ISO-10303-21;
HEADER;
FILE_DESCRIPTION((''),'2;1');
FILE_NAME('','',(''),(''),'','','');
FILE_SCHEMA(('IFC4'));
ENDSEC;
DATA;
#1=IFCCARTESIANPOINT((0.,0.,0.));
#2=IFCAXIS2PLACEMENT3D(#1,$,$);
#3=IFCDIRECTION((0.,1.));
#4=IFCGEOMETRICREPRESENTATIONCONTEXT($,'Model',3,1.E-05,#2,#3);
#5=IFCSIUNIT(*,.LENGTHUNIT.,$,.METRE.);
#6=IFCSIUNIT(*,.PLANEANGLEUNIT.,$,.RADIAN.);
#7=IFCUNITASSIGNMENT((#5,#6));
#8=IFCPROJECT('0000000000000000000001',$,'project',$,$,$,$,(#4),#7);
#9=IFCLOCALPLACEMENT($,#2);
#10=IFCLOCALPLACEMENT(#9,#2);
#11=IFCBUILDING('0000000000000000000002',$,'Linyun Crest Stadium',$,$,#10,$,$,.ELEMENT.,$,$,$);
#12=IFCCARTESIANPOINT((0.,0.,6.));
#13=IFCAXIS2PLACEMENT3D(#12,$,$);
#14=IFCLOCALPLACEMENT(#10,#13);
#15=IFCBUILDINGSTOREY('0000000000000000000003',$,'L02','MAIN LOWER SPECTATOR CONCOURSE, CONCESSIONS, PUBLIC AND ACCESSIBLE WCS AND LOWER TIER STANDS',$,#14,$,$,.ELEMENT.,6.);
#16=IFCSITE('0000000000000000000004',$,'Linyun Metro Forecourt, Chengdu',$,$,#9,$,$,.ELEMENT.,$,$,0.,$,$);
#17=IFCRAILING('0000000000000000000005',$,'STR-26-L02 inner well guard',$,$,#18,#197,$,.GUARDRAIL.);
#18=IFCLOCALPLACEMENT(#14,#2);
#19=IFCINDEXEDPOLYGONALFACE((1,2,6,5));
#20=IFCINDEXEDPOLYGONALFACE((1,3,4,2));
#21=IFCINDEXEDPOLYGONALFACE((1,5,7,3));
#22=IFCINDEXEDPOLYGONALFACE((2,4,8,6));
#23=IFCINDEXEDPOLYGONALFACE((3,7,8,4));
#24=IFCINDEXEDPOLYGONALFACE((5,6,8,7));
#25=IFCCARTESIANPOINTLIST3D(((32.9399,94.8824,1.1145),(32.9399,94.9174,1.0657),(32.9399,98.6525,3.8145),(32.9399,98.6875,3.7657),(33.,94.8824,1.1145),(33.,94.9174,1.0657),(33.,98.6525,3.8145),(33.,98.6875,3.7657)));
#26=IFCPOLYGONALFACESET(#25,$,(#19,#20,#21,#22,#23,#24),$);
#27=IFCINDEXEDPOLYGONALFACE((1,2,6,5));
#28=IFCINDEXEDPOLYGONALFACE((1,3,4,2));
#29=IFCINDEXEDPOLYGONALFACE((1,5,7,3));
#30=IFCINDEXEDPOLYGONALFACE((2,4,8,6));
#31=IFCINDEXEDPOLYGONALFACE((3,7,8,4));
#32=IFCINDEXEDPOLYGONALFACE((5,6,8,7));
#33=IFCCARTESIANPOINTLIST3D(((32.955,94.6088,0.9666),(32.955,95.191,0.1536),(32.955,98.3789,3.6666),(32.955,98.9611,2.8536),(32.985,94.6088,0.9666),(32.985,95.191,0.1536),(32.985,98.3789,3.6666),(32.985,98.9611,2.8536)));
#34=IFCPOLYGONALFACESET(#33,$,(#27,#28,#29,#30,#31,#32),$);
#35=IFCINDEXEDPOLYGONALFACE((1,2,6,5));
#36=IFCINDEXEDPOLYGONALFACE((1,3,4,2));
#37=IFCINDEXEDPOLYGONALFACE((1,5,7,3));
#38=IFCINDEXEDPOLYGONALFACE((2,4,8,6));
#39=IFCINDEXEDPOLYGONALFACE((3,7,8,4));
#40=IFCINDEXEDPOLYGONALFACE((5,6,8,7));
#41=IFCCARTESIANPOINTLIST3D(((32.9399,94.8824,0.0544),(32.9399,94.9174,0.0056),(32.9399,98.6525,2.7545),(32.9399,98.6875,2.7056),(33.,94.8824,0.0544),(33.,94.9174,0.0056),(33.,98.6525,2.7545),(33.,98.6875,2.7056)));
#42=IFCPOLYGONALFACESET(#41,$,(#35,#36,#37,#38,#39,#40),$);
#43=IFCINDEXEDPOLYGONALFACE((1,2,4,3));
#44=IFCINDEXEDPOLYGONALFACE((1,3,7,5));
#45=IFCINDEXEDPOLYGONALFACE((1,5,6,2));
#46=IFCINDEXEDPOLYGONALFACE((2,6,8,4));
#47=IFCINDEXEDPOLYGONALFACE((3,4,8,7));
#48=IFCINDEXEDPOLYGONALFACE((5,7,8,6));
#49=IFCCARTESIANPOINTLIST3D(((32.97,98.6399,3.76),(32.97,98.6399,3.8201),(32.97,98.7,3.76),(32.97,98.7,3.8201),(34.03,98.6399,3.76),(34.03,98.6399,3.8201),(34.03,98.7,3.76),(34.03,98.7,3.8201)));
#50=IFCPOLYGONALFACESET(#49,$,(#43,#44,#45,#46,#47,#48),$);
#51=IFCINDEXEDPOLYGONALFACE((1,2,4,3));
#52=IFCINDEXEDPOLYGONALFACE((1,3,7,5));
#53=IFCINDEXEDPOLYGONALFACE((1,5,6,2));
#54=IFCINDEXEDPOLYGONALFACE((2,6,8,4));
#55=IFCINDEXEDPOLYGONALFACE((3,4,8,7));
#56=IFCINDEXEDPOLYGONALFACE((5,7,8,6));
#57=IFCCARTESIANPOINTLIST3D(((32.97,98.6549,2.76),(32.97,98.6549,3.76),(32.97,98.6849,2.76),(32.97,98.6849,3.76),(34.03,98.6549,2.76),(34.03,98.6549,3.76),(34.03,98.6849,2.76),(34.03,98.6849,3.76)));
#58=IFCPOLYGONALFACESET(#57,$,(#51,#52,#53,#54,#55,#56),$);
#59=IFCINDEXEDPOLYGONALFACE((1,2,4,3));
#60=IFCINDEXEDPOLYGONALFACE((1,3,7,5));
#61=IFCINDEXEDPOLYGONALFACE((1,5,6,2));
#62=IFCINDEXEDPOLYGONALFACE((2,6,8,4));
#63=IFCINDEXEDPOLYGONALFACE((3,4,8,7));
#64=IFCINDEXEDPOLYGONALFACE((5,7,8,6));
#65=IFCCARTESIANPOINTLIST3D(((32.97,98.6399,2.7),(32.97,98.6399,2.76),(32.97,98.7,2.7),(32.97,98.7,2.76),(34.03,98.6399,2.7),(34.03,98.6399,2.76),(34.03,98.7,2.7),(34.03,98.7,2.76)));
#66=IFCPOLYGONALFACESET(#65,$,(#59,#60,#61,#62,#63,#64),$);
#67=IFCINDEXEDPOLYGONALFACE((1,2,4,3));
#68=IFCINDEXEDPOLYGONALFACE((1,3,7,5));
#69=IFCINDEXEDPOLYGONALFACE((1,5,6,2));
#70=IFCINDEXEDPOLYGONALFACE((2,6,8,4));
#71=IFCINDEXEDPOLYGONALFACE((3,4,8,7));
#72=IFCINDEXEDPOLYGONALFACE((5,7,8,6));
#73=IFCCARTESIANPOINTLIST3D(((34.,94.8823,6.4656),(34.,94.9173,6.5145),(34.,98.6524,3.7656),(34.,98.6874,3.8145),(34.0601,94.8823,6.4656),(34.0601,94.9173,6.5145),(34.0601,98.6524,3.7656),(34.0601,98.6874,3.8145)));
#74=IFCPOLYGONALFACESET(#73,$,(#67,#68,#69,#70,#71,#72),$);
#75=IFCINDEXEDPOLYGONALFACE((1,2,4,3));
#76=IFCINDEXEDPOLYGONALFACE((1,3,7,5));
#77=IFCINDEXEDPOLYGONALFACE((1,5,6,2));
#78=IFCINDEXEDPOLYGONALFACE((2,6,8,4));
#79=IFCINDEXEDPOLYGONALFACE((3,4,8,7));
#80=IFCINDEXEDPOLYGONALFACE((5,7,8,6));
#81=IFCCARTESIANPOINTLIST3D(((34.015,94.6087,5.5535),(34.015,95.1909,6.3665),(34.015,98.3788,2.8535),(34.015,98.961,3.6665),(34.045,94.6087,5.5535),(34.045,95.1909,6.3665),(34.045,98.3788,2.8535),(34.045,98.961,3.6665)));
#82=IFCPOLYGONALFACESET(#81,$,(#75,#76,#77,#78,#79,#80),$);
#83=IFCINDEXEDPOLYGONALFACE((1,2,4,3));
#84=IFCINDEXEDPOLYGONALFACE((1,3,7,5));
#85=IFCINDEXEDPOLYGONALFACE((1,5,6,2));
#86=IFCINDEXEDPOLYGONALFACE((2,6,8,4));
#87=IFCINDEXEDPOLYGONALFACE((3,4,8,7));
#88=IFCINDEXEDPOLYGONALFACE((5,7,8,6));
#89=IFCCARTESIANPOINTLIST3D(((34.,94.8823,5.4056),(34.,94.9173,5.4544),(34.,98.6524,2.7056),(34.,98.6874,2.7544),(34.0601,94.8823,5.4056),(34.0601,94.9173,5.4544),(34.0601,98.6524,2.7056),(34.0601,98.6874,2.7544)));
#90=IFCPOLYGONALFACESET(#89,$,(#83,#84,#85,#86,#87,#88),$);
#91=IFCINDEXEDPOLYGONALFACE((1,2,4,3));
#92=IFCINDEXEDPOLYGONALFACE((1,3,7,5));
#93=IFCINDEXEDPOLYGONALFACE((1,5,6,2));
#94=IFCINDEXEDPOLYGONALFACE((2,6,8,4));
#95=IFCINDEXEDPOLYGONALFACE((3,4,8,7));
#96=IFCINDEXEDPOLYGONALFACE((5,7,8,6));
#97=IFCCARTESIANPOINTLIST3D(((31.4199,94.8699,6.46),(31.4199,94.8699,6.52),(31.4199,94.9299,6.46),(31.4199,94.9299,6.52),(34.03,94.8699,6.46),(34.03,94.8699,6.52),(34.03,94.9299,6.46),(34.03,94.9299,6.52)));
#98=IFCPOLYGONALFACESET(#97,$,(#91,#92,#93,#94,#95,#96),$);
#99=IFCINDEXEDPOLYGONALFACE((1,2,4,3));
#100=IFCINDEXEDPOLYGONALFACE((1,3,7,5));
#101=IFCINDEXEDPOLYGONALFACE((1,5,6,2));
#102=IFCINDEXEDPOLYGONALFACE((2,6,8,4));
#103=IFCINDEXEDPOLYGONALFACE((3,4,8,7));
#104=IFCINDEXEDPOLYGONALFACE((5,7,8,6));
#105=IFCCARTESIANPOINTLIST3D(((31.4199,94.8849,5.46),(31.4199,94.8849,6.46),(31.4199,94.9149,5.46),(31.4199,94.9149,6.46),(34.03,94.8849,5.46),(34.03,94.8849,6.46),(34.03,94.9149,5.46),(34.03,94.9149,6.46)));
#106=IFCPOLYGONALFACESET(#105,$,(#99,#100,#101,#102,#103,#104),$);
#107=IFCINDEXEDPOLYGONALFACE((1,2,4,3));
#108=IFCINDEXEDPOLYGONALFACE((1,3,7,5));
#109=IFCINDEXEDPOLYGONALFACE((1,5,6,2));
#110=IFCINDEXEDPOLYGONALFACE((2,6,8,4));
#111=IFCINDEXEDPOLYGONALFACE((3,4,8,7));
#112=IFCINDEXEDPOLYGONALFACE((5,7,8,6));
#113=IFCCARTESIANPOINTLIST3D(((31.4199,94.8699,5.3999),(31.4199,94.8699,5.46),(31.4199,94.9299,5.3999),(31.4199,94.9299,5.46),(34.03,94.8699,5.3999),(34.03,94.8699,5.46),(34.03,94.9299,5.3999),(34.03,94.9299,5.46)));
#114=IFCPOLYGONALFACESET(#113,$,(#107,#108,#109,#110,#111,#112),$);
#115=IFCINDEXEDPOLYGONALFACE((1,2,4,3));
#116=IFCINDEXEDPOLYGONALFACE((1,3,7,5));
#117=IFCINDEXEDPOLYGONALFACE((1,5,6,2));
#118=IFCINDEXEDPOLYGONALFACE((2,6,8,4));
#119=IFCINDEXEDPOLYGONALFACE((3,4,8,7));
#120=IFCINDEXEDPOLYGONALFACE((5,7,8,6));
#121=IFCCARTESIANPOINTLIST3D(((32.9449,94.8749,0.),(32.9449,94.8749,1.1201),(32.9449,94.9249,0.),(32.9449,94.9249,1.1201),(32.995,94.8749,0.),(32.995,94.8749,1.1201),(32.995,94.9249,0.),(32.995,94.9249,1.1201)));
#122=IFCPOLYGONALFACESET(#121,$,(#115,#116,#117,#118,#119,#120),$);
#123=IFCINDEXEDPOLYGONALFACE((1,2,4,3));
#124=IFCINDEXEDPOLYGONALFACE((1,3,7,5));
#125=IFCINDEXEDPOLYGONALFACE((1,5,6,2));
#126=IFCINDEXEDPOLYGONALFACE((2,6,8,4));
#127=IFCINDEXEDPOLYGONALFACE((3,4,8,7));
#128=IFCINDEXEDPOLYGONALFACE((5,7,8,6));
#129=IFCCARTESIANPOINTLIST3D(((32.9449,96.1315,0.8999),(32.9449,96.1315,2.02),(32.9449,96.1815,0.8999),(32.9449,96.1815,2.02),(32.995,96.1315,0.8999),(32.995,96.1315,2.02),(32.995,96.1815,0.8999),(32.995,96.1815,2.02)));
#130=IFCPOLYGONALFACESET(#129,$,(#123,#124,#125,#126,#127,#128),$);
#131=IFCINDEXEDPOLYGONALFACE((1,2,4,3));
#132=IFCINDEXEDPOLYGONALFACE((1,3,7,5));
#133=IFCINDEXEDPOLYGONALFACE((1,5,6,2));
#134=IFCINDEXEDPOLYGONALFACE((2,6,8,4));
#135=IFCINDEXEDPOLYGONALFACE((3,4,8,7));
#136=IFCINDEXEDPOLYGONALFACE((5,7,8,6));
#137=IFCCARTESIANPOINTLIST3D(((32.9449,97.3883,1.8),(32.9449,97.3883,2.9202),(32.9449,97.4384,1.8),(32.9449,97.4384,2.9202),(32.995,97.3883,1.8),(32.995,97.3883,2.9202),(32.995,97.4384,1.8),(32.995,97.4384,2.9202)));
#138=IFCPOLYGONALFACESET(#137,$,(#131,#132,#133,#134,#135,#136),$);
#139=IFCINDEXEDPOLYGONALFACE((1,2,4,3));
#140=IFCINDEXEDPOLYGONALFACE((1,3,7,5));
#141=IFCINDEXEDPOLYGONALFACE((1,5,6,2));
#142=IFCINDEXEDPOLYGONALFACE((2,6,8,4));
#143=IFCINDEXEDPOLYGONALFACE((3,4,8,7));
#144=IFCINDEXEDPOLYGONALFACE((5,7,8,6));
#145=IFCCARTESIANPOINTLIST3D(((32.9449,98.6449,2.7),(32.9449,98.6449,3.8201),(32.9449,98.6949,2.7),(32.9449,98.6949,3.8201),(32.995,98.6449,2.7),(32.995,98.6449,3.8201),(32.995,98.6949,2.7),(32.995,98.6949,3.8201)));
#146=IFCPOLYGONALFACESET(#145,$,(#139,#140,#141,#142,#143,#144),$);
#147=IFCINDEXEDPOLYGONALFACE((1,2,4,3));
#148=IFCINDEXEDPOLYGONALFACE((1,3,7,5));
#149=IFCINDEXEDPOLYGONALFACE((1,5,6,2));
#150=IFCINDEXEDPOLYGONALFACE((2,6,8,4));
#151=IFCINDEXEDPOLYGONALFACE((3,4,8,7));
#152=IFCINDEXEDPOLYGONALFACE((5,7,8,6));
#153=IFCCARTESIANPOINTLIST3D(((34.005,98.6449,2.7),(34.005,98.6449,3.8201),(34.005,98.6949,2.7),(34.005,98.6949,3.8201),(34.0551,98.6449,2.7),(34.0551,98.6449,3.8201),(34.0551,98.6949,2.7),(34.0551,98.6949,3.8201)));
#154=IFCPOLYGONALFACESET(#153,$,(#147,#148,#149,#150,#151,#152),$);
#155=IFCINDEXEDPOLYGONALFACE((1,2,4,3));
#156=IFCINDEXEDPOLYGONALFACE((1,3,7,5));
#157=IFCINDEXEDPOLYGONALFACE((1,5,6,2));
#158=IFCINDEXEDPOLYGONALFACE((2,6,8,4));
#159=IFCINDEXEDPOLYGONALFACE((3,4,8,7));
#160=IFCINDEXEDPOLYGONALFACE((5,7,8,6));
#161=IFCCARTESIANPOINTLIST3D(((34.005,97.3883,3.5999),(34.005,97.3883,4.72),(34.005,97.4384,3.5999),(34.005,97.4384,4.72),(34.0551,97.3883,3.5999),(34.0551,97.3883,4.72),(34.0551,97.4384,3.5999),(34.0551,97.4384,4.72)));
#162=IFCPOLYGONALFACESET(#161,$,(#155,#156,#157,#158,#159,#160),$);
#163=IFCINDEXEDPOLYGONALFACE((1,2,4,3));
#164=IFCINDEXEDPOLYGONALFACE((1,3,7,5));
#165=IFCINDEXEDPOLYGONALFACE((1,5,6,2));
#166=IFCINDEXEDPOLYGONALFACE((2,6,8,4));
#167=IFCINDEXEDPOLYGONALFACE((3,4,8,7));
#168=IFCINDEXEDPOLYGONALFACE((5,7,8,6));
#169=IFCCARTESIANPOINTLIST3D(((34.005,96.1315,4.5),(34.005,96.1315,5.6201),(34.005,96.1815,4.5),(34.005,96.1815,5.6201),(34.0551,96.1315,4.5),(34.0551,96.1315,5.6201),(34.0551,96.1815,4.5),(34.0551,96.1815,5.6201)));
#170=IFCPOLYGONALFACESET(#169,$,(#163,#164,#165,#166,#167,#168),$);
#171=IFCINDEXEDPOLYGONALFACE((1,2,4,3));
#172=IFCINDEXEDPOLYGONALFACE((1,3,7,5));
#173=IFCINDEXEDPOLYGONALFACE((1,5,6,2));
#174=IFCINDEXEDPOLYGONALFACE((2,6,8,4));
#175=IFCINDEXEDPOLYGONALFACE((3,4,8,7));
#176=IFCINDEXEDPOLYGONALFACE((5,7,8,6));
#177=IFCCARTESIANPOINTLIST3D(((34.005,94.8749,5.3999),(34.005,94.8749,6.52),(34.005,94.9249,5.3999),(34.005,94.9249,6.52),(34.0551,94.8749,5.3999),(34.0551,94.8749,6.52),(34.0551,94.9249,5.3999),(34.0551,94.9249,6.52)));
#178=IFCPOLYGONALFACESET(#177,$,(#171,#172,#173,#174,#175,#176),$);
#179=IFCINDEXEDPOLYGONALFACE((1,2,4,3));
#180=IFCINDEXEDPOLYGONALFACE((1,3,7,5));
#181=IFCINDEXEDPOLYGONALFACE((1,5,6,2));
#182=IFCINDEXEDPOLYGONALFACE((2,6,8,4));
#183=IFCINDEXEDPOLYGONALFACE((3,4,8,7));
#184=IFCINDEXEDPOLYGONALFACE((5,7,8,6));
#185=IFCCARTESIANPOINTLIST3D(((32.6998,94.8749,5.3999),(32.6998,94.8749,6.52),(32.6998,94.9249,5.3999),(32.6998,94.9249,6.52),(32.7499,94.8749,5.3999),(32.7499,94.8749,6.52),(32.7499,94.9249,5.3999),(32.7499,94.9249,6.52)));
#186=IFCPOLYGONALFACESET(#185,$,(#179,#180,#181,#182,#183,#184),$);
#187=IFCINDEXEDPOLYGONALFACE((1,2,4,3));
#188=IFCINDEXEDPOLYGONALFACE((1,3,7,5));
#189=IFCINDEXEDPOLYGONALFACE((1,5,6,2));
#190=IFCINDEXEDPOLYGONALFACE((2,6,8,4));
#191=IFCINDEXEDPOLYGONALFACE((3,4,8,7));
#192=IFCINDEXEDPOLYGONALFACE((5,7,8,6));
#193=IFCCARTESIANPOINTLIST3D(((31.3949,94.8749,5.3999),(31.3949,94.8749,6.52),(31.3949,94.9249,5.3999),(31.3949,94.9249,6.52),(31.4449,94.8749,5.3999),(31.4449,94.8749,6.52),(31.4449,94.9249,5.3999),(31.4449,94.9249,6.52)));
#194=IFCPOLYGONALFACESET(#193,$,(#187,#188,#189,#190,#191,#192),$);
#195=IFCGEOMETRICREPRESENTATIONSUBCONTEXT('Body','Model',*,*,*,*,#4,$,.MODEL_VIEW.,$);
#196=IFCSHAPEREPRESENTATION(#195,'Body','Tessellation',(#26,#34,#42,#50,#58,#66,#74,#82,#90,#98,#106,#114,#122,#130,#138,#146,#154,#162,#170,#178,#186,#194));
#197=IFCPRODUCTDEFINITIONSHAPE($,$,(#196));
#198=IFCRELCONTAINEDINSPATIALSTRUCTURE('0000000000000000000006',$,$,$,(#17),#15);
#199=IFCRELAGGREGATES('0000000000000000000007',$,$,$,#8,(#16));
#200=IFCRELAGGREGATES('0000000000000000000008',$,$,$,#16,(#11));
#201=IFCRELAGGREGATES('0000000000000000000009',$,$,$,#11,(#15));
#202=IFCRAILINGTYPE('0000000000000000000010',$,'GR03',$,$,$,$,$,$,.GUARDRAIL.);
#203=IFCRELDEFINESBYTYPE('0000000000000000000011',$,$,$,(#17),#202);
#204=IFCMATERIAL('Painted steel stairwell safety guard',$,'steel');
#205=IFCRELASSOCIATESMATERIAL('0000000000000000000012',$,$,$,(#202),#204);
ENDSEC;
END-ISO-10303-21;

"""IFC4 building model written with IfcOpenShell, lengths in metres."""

from ifc_helpers import new_model, si_unit, direction, frame, origin, origin_2d, place, context, subcontext, project, spatial, rectangle, extrude, material, type_object, element, save


model = new_model("IFC4")

# Units and contexts
model_context = context("Model", 3, precision=1e-05, world=origin(), true_north=direction((0.0, 1.0)))
body_context = subcontext(model_context, "Body", "Model", "MODEL_VIEW")
ifc_project = project(units=[si_unit("LENGTHUNIT", "METRE"), si_unit("PLANEANGLEUNIT", "RADIAN")], contexts=[model_context])

# Site, building, storey
site_placement = place(None, origin())
site = spatial("IfcSite", under=ifc_project, at=site_placement, Name="Linyun Metro Forecourt, Chengdu", CompositionType="ELEMENT", RefElevation=0.0)
building_placement = place(site_placement, origin())
building = spatial("IfcBuilding", under=site, at=building_placement, Name="Linyun Crest Stadium", CompositionType="ELEMENT")
storey_placement = place(building_placement, frame((0.0, 0.0, 6.0)))
storey = spatial("IfcBuildingStorey", under=building, at=storey_placement, Name="L02", Description="MAIN LOWER SPECTATOR CONCOURSE, CONCESSIONS, PUBLIC AND ACCESSIBLE WCS AND LOWER TIER STANDS", CompositionType="ELEMENT", Elevation=6.0)

# Railing
ifc_material_1 = material(Name="Painted steel stairwell safety guard", Category="steel")
railing_type_1 = type_object("IfcRailingType", Name="GR03", PredefinedType="GUARDRAIL", material=ifc_material_1)
railing_1_placement = place(storey_placement, frame((32.97, 94.8999, 0.0)))
element("IfcRailing", 1, at=railing_1_placement, inside=storey, type_object=railing_type_1, Name="STR-26-L02 inner well guard", PredefinedType="GUARDRAIL", context=body_context, shape_type="SweptSolid", body=[
    extrude(rectangle(XDim=0.0601, YDim=0.0601, at=origin_2d()), frame((0.0, 0.0, 1.0901), z_axis=(0.0, 0.813011, 0.582249), x_axis=(-1.0, 0.0, 0.0)), (0.0, 0.0, 1.0), 4.6372),
    extrude(rectangle(XDim=0.03, YDim=1.0, at=origin_2d()), frame((0.0, 0.0, 0.5601), z_axis=(0.0, 0.813011, 0.582249), x_axis=(-1.0, 0.0, 0.0)), (0.0, 0.0, 1.0), 4.6372),
    extrude(rectangle(XDim=0.0601, YDim=0.0601, at=origin_2d()), frame((0.0, 0.0, 0.03), z_axis=(0.0, 0.813011, 0.582249), x_axis=(-1.0, 0.0, 0.0)), (0.0, 0.0, 1.0), 4.6372),
    extrude(rectangle(XDim=0.0601, YDim=0.0601, at=origin_2d()), frame((0.0, 3.77, 3.79), z_axis=(1.0, 0.0, 0.0), x_axis=(0.0, 1.0, 0.0)), (0.0, 0.0, 1.0), 1.0601),
    extrude(rectangle(XDim=0.03, YDim=1.0, at=origin_2d()), frame((0.0, 3.77, 3.26), z_axis=(1.0, 0.0, 0.0), x_axis=(0.0, 1.0, 0.0)), (0.0, 0.0, 1.0), 1.0601),
    extrude(rectangle(XDim=0.0601, YDim=0.0601, at=origin_2d()), frame((0.0, 3.77, 2.73), z_axis=(1.0, 0.0, 0.0), x_axis=(0.0, 1.0, 0.0)), (0.0, 0.0, 1.0), 1.0601),
    extrude(rectangle(XDim=0.0601, YDim=0.0601, at=origin_2d()), frame((1.0601, 3.77, 3.79), z_axis=(0.0, -0.813011, 0.582249), x_axis=(1.0, 0.0, 0.0)), (0.0, 0.0, 1.0), 4.6372),
    extrude(rectangle(XDim=0.03, YDim=1.0, at=origin_2d()), frame((1.0601, 3.77, 3.26), z_axis=(0.0, -0.813011, 0.582249), x_axis=(1.0, 0.0, 0.0)), (0.0, 0.0, 1.0), 4.6372),
    extrude(rectangle(XDim=0.0601, YDim=0.0601, at=origin_2d()), frame((1.0601, 3.77, 2.73), z_axis=(0.0, -0.813011, 0.582249), x_axis=(1.0, 0.0, 0.0)), (0.0, 0.0, 1.0), 4.6372),
    extrude(rectangle(XDim=0.0601, YDim=0.0601, at=origin_2d()), frame((1.0601, 0.0, 6.49), z_axis=(-1.0, 0.0, 0.0), x_axis=(0.0, -1.0, 0.0)), (0.0, 0.0, 1.0), 2.6101),
    extrude(rectangle(XDim=0.03, YDim=1.0, at=origin_2d()), frame((1.0601, 0.0, 5.96), z_axis=(-1.0, 0.0, 0.0), x_axis=(0.0, -1.0, 0.0)), (0.0, 0.0, 1.0), 2.6101),
    extrude(rectangle(XDim=0.0601, YDim=0.0601, at=origin_2d()), frame((1.0601, 0.0, 5.4299), z_axis=(-1.0, 0.0, 0.0), x_axis=(0.0, -1.0, 0.0)), (0.0, 0.0, 1.0), 2.6101),
    extrude(rectangle(XDim=0.05, YDim=0.05, at=origin_2d()), origin(), (0.0, 0.0, 1.0), 1.1201),
    extrude(rectangle(XDim=0.05, YDim=0.05, at=origin_2d()), frame((0.0, 1.2566, 0.8999)), (0.0, 0.0, 1.0), 1.1201),
    extrude(rectangle(XDim=0.05, YDim=0.05, at=origin_2d()), frame((0.0, 2.5134, 1.8)), (0.0, 0.0, 1.0), 1.1201),
    extrude(rectangle(XDim=0.05, YDim=0.05, at=origin_2d()), frame((0.0, 3.77, 2.7)), (0.0, 0.0, 1.0), 1.1201),
    extrude(rectangle(XDim=0.05, YDim=0.05, at=origin_2d()), frame((1.0601, 3.77, 2.7)), (0.0, 0.0, 1.0), 1.1201),
    extrude(rectangle(XDim=0.05, YDim=0.05, at=origin_2d()), frame((1.0601, 2.5134, 3.5999)), (0.0, 0.0, 1.0), 1.1201),
    extrude(rectangle(XDim=0.05, YDim=0.05, at=origin_2d()), frame((1.0601, 1.2566, 4.5)), (0.0, 0.0, 1.0), 1.1201),
    extrude(rectangle(XDim=0.05, YDim=0.05, at=origin_2d()), frame((1.0601, 0.0, 5.3999)), (0.0, 0.0, 1.0), 1.1201),
    extrude(rectangle(XDim=0.05, YDim=0.05, at=origin_2d()), frame((-0.2451, 0.0, 5.3999)), (0.0, 0.0, 1.0), 1.1201),
    extrude(rectangle(XDim=0.05, YDim=0.05, at=origin_2d()), frame((-1.55, 0.0, 5.3999)), (0.0, 0.0, 1.0), 1.1201),
])

save(model, "model.ifc")
